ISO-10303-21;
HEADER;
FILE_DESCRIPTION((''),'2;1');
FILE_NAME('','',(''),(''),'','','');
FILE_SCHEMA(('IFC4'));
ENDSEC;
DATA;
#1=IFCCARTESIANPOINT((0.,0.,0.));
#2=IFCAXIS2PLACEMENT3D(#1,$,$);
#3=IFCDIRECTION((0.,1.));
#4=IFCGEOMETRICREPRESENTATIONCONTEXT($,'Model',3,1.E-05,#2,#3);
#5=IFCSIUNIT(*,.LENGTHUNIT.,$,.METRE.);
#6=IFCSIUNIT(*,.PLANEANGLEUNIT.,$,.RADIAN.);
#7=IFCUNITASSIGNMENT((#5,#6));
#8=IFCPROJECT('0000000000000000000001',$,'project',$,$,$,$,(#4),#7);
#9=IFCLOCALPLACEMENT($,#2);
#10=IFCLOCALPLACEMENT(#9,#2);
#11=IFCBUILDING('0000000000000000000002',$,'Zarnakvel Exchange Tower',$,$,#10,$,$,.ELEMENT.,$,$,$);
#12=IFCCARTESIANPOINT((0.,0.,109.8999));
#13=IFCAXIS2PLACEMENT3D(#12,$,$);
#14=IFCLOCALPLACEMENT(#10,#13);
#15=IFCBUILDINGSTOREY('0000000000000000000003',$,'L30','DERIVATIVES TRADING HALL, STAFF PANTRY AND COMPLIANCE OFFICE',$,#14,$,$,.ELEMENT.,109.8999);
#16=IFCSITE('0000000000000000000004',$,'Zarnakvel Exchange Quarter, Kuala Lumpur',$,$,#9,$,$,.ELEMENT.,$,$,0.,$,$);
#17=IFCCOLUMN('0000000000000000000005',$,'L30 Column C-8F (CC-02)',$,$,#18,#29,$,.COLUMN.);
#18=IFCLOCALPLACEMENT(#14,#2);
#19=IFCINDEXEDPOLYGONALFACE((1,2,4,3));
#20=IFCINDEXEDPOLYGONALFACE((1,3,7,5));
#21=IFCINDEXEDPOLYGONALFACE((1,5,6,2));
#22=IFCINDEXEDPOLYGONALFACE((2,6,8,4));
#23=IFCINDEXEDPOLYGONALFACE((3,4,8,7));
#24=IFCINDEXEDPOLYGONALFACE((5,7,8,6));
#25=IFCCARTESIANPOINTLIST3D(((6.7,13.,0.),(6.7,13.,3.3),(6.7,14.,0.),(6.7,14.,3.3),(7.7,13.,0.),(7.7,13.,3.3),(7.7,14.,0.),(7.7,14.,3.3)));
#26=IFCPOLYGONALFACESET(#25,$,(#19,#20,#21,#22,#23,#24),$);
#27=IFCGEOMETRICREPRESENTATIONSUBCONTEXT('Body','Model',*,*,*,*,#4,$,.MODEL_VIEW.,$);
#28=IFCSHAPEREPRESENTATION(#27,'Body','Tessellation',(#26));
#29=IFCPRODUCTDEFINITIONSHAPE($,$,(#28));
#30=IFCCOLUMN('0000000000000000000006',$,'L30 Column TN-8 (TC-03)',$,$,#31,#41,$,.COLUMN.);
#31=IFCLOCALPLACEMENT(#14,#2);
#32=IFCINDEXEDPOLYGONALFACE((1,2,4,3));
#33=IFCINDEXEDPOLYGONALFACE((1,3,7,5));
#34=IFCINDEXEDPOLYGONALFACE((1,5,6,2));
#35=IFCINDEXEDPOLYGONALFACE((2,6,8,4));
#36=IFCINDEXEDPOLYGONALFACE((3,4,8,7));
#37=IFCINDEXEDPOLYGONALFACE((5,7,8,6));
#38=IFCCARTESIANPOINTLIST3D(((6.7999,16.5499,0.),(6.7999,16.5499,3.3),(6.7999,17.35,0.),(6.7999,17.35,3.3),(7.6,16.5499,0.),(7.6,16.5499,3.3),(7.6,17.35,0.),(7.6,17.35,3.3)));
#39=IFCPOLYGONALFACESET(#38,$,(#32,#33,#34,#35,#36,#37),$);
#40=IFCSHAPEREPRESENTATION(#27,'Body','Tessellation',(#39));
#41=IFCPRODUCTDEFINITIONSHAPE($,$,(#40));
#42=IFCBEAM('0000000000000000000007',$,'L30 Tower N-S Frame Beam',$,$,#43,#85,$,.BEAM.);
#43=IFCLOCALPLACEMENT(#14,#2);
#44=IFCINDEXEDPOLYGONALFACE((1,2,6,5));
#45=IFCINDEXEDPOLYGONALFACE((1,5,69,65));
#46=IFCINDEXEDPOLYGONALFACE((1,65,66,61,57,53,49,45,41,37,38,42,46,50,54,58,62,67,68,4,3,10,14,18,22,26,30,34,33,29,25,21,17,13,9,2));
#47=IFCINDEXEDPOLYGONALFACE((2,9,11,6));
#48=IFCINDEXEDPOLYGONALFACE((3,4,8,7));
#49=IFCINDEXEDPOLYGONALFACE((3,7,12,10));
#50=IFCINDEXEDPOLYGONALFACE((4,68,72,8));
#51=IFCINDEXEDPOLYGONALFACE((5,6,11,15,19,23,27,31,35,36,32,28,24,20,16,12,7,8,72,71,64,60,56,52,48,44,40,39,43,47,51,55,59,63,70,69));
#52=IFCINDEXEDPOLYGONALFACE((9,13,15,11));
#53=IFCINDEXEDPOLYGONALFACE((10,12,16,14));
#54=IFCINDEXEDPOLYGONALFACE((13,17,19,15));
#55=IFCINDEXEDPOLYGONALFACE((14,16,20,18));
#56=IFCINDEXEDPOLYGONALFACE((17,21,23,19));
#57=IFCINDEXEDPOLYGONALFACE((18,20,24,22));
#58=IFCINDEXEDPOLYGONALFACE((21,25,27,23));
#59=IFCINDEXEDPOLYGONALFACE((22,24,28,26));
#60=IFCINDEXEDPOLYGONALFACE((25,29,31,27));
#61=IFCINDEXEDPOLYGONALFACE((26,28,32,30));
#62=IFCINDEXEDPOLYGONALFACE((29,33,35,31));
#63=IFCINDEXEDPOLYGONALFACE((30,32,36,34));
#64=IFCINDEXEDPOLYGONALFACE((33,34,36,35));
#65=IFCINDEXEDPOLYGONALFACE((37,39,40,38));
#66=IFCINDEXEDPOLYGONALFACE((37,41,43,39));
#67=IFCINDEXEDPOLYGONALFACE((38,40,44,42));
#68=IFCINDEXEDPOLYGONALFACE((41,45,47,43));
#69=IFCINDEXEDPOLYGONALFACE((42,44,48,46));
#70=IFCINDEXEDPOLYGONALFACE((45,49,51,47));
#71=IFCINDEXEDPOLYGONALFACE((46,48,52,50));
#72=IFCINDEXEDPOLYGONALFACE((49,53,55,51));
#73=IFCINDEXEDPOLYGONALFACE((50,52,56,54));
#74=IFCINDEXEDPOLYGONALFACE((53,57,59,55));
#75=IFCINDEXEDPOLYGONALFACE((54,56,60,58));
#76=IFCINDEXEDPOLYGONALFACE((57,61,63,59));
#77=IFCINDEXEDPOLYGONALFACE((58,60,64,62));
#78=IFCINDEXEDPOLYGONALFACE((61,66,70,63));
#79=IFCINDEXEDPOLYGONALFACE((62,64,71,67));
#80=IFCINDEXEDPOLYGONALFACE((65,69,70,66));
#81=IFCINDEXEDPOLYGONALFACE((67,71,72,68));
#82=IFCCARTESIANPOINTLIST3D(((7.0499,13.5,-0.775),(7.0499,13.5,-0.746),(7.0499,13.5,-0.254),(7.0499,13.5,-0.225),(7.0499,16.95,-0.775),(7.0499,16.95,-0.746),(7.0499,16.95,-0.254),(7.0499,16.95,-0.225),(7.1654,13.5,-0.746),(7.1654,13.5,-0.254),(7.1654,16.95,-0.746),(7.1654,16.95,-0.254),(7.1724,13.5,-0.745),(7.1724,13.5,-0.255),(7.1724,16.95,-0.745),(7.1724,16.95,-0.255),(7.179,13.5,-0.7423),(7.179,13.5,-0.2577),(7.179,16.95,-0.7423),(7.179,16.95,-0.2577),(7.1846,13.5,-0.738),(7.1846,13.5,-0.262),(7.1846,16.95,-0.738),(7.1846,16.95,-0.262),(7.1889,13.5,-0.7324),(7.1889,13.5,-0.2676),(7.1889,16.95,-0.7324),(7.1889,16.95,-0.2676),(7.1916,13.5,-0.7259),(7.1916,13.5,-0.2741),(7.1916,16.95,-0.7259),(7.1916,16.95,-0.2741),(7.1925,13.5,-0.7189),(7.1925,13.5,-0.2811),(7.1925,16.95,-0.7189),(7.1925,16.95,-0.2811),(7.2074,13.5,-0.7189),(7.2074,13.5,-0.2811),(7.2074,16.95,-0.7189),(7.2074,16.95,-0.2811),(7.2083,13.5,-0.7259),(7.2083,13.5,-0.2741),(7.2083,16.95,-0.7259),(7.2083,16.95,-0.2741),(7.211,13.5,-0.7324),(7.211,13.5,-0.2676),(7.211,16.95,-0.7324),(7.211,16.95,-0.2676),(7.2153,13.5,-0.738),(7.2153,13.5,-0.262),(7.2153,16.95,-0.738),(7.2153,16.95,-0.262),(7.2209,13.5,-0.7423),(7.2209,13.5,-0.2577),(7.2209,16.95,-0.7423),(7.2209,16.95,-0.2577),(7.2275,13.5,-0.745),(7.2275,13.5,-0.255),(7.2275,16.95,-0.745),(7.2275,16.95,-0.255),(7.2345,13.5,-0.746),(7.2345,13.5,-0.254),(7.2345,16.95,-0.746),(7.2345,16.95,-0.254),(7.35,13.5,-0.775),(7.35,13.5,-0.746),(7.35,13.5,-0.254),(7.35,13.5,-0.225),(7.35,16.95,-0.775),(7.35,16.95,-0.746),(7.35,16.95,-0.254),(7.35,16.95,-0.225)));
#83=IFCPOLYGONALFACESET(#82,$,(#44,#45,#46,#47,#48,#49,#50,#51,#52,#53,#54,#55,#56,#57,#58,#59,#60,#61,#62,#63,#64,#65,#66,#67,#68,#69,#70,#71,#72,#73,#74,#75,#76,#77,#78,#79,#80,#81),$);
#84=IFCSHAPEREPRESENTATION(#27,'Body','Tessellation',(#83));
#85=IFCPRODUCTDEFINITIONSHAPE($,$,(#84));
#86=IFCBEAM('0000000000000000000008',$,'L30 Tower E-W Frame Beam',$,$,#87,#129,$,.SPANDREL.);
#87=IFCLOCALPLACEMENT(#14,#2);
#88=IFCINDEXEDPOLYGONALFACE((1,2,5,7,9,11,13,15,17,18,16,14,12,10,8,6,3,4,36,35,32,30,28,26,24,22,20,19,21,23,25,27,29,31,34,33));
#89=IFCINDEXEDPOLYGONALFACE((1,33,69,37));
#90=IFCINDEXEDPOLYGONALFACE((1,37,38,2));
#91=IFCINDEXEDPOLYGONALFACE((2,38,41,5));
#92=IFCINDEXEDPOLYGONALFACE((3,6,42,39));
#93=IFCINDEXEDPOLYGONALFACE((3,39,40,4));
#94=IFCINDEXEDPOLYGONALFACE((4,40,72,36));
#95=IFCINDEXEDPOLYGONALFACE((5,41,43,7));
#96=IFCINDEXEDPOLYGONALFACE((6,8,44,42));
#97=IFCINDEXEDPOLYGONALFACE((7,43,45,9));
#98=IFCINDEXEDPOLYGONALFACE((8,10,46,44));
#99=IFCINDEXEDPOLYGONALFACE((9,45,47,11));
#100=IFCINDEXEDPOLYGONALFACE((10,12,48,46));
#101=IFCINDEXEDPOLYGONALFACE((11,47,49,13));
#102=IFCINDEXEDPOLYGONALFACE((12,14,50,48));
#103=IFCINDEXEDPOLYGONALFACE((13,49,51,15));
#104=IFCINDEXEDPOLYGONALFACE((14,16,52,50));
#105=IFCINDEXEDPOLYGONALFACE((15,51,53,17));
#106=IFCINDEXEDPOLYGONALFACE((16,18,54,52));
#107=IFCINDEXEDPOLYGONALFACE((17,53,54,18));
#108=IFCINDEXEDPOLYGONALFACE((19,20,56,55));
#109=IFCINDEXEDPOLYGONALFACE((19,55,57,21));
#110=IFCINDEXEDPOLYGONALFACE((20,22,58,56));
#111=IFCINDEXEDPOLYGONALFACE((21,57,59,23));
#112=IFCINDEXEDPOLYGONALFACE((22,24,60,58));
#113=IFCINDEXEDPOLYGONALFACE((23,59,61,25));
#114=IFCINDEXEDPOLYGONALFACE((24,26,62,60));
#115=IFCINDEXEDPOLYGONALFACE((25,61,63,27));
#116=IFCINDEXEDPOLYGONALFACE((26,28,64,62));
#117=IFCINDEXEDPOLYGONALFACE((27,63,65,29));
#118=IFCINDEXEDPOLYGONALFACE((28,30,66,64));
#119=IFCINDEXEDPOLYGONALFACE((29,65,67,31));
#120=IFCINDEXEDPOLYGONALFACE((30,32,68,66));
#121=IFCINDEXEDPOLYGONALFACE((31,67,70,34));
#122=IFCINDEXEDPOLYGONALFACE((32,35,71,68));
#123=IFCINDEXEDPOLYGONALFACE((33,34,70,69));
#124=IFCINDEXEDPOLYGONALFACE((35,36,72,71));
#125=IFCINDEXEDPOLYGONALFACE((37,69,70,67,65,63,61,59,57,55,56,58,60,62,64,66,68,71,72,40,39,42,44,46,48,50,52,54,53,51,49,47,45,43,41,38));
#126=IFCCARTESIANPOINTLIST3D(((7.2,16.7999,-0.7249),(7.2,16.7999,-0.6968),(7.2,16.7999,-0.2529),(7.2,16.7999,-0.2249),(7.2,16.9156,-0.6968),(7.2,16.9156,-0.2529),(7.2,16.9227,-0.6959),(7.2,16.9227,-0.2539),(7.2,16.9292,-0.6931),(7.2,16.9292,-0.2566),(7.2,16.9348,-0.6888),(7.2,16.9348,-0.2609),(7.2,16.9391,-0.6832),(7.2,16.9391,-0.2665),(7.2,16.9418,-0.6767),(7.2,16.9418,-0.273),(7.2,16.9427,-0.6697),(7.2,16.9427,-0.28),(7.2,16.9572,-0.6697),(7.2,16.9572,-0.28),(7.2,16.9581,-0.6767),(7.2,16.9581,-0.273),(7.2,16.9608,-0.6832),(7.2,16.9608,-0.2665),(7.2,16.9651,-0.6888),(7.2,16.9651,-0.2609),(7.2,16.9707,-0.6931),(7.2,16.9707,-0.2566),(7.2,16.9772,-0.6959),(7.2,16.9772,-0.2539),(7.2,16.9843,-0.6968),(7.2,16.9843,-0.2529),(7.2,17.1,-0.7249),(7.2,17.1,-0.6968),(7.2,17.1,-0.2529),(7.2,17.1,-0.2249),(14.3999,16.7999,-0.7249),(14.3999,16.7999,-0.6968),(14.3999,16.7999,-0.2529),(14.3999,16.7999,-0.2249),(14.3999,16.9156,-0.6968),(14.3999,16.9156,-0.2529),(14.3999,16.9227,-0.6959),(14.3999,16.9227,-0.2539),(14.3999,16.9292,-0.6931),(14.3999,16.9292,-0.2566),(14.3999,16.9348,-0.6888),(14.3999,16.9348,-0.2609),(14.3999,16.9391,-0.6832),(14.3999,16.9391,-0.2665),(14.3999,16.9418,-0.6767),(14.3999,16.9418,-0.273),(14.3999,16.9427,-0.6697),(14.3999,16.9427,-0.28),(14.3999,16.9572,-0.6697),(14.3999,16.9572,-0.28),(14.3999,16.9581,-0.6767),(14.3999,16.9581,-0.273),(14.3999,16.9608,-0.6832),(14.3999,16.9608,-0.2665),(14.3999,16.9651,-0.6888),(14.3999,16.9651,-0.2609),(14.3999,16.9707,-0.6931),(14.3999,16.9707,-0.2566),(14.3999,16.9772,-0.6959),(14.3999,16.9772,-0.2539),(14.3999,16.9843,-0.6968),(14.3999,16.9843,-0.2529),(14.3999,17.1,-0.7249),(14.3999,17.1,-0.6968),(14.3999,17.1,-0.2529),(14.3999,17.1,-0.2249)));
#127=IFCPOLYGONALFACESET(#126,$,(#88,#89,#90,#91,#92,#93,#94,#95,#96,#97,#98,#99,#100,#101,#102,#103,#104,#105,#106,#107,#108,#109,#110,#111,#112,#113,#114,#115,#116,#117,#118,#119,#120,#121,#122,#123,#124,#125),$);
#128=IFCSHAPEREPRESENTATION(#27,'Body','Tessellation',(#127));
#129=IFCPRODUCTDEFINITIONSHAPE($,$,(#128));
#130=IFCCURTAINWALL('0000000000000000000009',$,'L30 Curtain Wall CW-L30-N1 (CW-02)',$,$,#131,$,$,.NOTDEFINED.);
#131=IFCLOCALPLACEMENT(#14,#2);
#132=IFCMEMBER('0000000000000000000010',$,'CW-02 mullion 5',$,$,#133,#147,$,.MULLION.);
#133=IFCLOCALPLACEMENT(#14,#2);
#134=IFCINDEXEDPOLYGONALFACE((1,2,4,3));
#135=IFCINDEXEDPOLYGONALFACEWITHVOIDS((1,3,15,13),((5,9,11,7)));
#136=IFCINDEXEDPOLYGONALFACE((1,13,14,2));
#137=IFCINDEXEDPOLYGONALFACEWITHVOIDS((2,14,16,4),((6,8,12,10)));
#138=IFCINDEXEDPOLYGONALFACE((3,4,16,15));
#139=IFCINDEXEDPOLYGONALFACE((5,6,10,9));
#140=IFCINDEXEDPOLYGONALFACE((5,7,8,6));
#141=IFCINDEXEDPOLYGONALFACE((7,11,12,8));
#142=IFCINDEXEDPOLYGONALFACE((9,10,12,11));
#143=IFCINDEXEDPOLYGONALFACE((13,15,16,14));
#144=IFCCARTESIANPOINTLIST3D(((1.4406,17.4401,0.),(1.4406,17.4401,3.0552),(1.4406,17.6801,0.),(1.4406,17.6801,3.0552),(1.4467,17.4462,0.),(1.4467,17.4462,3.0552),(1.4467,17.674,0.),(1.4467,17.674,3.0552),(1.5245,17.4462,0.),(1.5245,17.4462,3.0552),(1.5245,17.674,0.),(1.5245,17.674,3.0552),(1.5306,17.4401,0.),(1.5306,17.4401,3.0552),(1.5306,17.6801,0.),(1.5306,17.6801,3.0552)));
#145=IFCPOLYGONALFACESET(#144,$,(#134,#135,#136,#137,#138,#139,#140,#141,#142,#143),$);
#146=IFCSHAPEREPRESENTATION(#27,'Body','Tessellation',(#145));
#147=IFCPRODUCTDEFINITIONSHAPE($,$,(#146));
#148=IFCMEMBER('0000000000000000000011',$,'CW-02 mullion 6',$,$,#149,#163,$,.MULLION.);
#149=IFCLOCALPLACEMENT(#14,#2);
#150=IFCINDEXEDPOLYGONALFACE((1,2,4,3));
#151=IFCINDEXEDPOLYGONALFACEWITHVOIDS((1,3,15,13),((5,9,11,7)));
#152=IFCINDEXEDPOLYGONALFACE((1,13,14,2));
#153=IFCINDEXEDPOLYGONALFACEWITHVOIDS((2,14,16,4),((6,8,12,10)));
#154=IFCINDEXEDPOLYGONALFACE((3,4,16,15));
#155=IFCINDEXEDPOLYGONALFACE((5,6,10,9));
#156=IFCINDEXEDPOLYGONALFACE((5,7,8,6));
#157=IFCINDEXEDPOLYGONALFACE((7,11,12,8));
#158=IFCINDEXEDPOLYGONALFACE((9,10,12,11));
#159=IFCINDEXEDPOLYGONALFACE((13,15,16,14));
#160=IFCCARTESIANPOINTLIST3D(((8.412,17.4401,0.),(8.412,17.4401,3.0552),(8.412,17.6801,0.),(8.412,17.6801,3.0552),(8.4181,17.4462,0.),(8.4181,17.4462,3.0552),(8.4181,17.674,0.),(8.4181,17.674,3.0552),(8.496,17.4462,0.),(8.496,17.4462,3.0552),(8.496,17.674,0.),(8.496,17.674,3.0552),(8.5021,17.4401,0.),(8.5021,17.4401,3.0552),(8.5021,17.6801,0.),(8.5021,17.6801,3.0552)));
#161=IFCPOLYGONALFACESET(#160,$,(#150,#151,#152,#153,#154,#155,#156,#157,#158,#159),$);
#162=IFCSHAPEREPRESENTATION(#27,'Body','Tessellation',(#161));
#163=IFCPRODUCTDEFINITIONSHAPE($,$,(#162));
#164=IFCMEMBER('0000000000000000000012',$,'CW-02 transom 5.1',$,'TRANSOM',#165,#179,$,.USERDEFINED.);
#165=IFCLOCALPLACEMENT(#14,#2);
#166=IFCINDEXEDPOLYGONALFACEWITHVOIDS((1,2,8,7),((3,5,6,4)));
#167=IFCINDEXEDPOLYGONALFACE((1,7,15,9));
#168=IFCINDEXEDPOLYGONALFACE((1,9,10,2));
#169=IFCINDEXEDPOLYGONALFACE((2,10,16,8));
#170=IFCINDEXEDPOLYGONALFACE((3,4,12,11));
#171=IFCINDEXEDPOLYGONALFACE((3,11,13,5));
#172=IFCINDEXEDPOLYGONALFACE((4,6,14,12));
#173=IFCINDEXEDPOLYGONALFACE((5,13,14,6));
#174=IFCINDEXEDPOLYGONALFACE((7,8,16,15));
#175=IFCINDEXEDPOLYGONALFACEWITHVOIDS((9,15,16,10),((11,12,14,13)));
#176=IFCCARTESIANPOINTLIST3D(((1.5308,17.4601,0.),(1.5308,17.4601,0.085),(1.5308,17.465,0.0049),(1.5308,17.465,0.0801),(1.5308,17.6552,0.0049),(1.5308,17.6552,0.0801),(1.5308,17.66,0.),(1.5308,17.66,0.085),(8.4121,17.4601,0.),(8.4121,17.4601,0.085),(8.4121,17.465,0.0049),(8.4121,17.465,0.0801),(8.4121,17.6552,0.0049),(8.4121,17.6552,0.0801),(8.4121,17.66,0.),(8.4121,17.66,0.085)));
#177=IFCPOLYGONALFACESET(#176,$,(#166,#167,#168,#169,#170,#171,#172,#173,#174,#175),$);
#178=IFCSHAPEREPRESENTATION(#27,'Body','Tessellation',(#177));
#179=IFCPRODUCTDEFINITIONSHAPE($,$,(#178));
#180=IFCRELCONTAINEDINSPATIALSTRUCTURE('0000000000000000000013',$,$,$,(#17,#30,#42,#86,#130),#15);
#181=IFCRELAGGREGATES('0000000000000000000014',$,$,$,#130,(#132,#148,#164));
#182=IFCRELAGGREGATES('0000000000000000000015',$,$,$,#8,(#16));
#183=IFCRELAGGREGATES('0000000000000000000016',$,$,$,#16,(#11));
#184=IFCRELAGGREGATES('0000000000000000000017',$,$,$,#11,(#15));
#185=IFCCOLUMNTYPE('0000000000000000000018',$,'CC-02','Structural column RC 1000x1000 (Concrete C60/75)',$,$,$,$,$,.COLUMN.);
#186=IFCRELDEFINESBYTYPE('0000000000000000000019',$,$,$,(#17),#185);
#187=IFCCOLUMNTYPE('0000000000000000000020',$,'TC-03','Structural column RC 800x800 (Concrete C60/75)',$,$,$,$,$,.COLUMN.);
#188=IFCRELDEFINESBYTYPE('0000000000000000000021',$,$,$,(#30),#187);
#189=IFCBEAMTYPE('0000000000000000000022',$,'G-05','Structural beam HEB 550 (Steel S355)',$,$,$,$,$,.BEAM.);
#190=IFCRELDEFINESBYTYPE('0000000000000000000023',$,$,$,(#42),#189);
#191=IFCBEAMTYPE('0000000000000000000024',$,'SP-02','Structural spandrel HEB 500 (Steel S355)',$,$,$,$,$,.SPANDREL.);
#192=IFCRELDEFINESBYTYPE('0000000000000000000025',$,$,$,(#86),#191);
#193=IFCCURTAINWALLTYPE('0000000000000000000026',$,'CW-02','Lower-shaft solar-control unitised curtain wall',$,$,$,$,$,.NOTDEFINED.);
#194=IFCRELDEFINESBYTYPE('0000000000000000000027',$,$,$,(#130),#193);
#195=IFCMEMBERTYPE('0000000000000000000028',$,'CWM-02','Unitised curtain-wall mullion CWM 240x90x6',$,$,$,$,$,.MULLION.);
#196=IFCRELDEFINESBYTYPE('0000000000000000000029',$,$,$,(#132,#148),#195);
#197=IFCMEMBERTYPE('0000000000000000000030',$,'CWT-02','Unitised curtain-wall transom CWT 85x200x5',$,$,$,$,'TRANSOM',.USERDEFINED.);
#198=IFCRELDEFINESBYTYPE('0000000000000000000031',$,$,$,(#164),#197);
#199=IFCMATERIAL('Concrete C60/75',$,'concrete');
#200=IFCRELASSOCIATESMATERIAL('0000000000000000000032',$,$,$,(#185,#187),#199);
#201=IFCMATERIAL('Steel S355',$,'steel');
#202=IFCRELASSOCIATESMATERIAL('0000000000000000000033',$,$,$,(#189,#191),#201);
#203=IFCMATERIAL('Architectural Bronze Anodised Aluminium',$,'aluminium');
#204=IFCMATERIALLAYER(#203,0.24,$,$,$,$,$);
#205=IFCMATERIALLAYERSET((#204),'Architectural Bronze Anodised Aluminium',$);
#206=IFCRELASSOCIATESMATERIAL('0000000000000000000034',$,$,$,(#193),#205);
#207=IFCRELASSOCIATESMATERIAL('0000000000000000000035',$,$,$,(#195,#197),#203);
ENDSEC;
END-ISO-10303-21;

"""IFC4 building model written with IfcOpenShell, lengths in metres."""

from ifc_helpers import new_model, si_unit, direction, frame, origin, origin_2d, place, context, subcontext, project, spatial, rectangle, hollow_rectangle, i_section, extrude, source, transform, mapped, material, layer, layer_set, material_profile, profile_set, type_object, element, aggregate, save


model = new_model("IFC4")

# Units and contexts
model_context = context("Model", 3, precision=1e-05, world=origin(), true_north=direction((0.0, 1.0)))
body_context = subcontext(model_context, "Body", "Model", "MODEL_VIEW")
ifc_project = project(units=[si_unit("LENGTHUNIT", "METRE"), si_unit("PLANEANGLEUNIT", "RADIAN")], contexts=[model_context])

# Site, building, storey
site_placement = place(None, origin())
site = spatial("IfcSite", under=ifc_project, at=site_placement, Name="Zarnakvel Exchange Quarter, Kuala Lumpur", CompositionType="ELEMENT", RefElevation=0.0)
building_placement = place(site_placement, origin())
building = spatial("IfcBuilding", under=site, at=building_placement, Name="Zarnakvel Exchange Tower", CompositionType="ELEMENT")
storey_placement = place(building_placement, frame((0.0, 0.0, 109.8999)))
storey = spatial("IfcBuildingStorey", under=building, at=storey_placement, Name="L30", Description="DERIVATIVES TRADING HALL, STAFF PANTRY AND COMPLIANCE OFFICE", CompositionType="ELEMENT", Elevation=109.8999)

# Columns
ifc_material_1 = material(Name="Concrete C60/75", Category="concrete")
ifc_material_profile_1 = material_profile(ifc_material_1, rectangle(XDim=1.0, YDim=1.0, at=origin_2d()))
ifc_profile_set_1 = profile_set([ifc_material_profile_1], Name="Concrete C60/75")
column_type_1 = type_object("IfcColumnType", Name="CC-02", Description="Structural column RC 1000x1000 (Concrete C60/75)", PredefinedType="COLUMN", material=ifc_profile_set_1)
column_1_placement = place(storey_placement, frame((7.2, 13.5, 0.0), z_axis=(0.0, 0.0, 1.0), x_axis=(1.0, 0.0, 0.0)))
element("IfcColumn", 1, at=column_1_placement, inside=storey, type_object=column_type_1, Name="L30 Column C-8F (CC-02)", PredefinedType="COLUMN", context=body_context, shape_type="SweptSolid", body=[
    extrude(rectangle(XDim=1.0, YDim=1.0, at=origin_2d()), origin(), (0.0, 0.0, 1.0), 3.3),
])
ifc_material_profile_2 = material_profile(ifc_material_1, rectangle(XDim=0.8, YDim=0.8, at=origin_2d()))
ifc_profile_set_2 = profile_set([ifc_material_profile_2], Name="Concrete C60/75")
column_type_2 = type_object("IfcColumnType", Name="TC-03", Description="Structural column RC 800x800 (Concrete C60/75)", PredefinedType="COLUMN", material=ifc_profile_set_2)
column_2_placement = place(storey_placement, frame((7.2, 16.95, 0.0), z_axis=(0.0, 0.0, 1.0), x_axis=(1.0, 0.0, 0.0)))
element("IfcColumn", 2, at=column_2_placement, inside=storey, type_object=column_type_2, Name="L30 Column TN-8 (TC-03)", PredefinedType="COLUMN", context=body_context, shape_type="SweptSolid", body=[
    extrude(rectangle(XDim=0.8, YDim=0.8, at=origin_2d()), origin(), (0.0, 0.0, 1.0), 3.3),
])

# Beams
ifc_material_2 = material(Name="Steel S355", Category="steel")
ifc_material_profile_3 = material_profile(ifc_material_2, i_section(OverallWidth=0.3, OverallDepth=0.55, WebThickness=0.0149, FlangeThickness=0.0291, FilletRadius=0.0271, at=origin_2d()))
ifc_profile_set_3 = profile_set([ifc_material_profile_3], Name="Steel S355")
beam_type_1 = type_object("IfcBeamType", Name="G-05", Description="Structural beam HEB 550 (Steel S355)", PredefinedType="BEAM", material=ifc_profile_set_3)
beam_1_placement = place(storey_placement, frame((7.2, 13.5, -0.5), z_axis=(0.0, 1.0, 0.0), x_axis=(-1.0, 0.0, 0.0)))
element("IfcBeam", 3, at=beam_1_placement, inside=storey, type_object=beam_type_1, Name="L30 Tower N-S Frame Beam", PredefinedType="BEAM", context=body_context, shape_type="SweptSolid", body=[
    extrude(i_section(OverallWidth=0.3, OverallDepth=0.55, WebThickness=0.0149, FlangeThickness=0.0291, FilletRadius=0.0271, at=origin_2d()), origin(), (0.0, 0.0, 1.0), 3.45),
])
ifc_material_profile_4 = material_profile(ifc_material_2, i_section(OverallWidth=0.3, OverallDepth=0.5, WebThickness=0.0144, FlangeThickness=0.0281, FilletRadius=0.0271, at=origin_2d()))
ifc_profile_set_4 = profile_set([ifc_material_profile_4], Name="Steel S355")
beam_type_2 = type_object("IfcBeamType", Name="SP-02", Description="Structural spandrel HEB 500 (Steel S355)", PredefinedType="SPANDREL", material=ifc_profile_set_4)
beam_2_placement = place(storey_placement, frame((7.2, 16.95, -0.4749), z_axis=(1.0, 0.0, 0.0), x_axis=(0.0, 1.0, 0.0)))
element("IfcBeam", 4, at=beam_2_placement, inside=storey, type_object=beam_type_2, Name="L30 Tower E-W Frame Beam", PredefinedType="SPANDREL", context=body_context, shape_type="SweptSolid", body=[
    extrude(i_section(OverallWidth=0.3, OverallDepth=0.5, WebThickness=0.0144, FlangeThickness=0.0281, FilletRadius=0.0271, at=origin_2d()), origin(), (0.0, 0.0, 1.0), 7.2),
])

# Curtain wall, members
ifc_material_3 = material(Name="Architectural Bronze Anodised Aluminium", Category="aluminium")
ifc_layer_1 = layer(ifc_material_3, 0.24)
ifc_layer_set_1 = layer_set([ifc_layer_1], Name="Architectural Bronze Anodised Aluminium")
curtain_wall_type = type_object("IfcCurtainWallType", Name="CW-02", Description="Lower-shaft solar-control unitised curtain wall", PredefinedType="NOTDEFINED", material=ifc_layer_set_1)
curtain_wall_placement = place(storey_placement, origin())
curtain_wall = element("IfcCurtainWall", 5, at=curtain_wall_placement, inside=storey, type_object=curtain_wall_type, Name="L30 Curtain Wall CW-L30-N1 (CW-02)", PredefinedType="NOTDEFINED")
ifc_material_profile_5 = material_profile(ifc_material_3, hollow_rectangle(XDim=0.24, YDim=0.0901, WallThickness=0.0061, at=origin_2d()))
ifc_profile_set_5 = profile_set([ifc_material_profile_5], Name="Architectural Bronze Anodised Aluminium")
member_type_1 = type_object("IfcMemberType", Name="CWM-02", Description="Unitised curtain-wall mullion CWM 240x90x6", PredefinedType="MULLION", material=ifc_profile_set_5)
shared_shape_1 = source(origin(), body_context, "Body", "SweptSolid", [
    extrude(hollow_rectangle(XDim=0.24, YDim=0.0901, WallThickness=0.0061, at=origin_2d()), origin(), (0.0, 0.0, 1.0), 3.0552),
])
member_1_placement = place(storey_placement, frame((1.4856, 17.5601, 0.0), z_axis=(0.0, 0.0, 1.0), x_axis=(0.0, 1.0, 0.0)))
member_1 = element("IfcMember", 6, at=member_1_placement, type_object=member_type_1, Name="CW-02 mullion 5", PredefinedType="MULLION", context=body_context, shape_type="MappedRepresentation", body=[
    mapped(shared_shape_1, transform((0.0, 0.0, 0.0), x_axis=(1.0, 0.0, 0.0), y_axis=(0.0, 1.0, 0.0), z_axis=(0.0, 0.0, 1.0), scale=1.0)),
])
member_2_placement = place(storey_placement, frame((8.457, 17.5601, 0.0), z_axis=(0.0, 0.0, 1.0), x_axis=(0.0, 1.0, 0.0)))
member_2 = element("IfcMember", 7, at=member_2_placement, type_object=member_type_1, Name="CW-02 mullion 6", PredefinedType="MULLION", context=body_context, shape_type="MappedRepresentation", body=[
    mapped(shared_shape_1, transform((0.0, 0.0, 0.0), x_axis=(1.0, 0.0, 0.0), y_axis=(0.0, 1.0, 0.0), z_axis=(0.0, 0.0, 1.0), scale=1.0)),
])
ifc_material_profile_6 = material_profile(ifc_material_3, hollow_rectangle(XDim=0.2, YDim=0.085, WallThickness=0.0049, at=origin_2d()))
ifc_profile_set_6 = profile_set([ifc_material_profile_6], Name="Architectural Bronze Anodised Aluminium")
member_type_2 = type_object("IfcMemberType", Name="CWT-02", Description="Unitised curtain-wall transom CWT 85x200x5", ElementType="TRANSOM", PredefinedType="USERDEFINED", material=ifc_profile_set_6)
shared_shape_2 = source(origin(), body_context, "Body", "SweptSolid", [
    extrude(hollow_rectangle(XDim=0.2, YDim=0.085, WallThickness=0.0049, at=origin_2d()), origin(), (0.0, 0.0, 1.0), 6.8813),
])
member_3_placement = place(storey_placement, frame((1.5308, 17.5601, 0.0425), z_axis=(1.0, 0.0, 0.0), x_axis=(0.0, 1.0, 0.0)))
member_3 = element("IfcMember", 8, at=member_3_placement, type_object=member_type_2, Name="CW-02 transom 5.1", ObjectType="TRANSOM", PredefinedType="USERDEFINED", context=body_context, shape_type="MappedRepresentation", body=[
    mapped(shared_shape_2, transform((0.0, 0.0, 0.0), x_axis=(1.0, 0.0, 0.0), y_axis=(0.0, 1.0, 0.0), z_axis=(0.0, 0.0, 1.0), scale=1.0)),
])
aggregate(curtain_wall, [member_1, member_2, member_3])

save(model, "model.ifc")
